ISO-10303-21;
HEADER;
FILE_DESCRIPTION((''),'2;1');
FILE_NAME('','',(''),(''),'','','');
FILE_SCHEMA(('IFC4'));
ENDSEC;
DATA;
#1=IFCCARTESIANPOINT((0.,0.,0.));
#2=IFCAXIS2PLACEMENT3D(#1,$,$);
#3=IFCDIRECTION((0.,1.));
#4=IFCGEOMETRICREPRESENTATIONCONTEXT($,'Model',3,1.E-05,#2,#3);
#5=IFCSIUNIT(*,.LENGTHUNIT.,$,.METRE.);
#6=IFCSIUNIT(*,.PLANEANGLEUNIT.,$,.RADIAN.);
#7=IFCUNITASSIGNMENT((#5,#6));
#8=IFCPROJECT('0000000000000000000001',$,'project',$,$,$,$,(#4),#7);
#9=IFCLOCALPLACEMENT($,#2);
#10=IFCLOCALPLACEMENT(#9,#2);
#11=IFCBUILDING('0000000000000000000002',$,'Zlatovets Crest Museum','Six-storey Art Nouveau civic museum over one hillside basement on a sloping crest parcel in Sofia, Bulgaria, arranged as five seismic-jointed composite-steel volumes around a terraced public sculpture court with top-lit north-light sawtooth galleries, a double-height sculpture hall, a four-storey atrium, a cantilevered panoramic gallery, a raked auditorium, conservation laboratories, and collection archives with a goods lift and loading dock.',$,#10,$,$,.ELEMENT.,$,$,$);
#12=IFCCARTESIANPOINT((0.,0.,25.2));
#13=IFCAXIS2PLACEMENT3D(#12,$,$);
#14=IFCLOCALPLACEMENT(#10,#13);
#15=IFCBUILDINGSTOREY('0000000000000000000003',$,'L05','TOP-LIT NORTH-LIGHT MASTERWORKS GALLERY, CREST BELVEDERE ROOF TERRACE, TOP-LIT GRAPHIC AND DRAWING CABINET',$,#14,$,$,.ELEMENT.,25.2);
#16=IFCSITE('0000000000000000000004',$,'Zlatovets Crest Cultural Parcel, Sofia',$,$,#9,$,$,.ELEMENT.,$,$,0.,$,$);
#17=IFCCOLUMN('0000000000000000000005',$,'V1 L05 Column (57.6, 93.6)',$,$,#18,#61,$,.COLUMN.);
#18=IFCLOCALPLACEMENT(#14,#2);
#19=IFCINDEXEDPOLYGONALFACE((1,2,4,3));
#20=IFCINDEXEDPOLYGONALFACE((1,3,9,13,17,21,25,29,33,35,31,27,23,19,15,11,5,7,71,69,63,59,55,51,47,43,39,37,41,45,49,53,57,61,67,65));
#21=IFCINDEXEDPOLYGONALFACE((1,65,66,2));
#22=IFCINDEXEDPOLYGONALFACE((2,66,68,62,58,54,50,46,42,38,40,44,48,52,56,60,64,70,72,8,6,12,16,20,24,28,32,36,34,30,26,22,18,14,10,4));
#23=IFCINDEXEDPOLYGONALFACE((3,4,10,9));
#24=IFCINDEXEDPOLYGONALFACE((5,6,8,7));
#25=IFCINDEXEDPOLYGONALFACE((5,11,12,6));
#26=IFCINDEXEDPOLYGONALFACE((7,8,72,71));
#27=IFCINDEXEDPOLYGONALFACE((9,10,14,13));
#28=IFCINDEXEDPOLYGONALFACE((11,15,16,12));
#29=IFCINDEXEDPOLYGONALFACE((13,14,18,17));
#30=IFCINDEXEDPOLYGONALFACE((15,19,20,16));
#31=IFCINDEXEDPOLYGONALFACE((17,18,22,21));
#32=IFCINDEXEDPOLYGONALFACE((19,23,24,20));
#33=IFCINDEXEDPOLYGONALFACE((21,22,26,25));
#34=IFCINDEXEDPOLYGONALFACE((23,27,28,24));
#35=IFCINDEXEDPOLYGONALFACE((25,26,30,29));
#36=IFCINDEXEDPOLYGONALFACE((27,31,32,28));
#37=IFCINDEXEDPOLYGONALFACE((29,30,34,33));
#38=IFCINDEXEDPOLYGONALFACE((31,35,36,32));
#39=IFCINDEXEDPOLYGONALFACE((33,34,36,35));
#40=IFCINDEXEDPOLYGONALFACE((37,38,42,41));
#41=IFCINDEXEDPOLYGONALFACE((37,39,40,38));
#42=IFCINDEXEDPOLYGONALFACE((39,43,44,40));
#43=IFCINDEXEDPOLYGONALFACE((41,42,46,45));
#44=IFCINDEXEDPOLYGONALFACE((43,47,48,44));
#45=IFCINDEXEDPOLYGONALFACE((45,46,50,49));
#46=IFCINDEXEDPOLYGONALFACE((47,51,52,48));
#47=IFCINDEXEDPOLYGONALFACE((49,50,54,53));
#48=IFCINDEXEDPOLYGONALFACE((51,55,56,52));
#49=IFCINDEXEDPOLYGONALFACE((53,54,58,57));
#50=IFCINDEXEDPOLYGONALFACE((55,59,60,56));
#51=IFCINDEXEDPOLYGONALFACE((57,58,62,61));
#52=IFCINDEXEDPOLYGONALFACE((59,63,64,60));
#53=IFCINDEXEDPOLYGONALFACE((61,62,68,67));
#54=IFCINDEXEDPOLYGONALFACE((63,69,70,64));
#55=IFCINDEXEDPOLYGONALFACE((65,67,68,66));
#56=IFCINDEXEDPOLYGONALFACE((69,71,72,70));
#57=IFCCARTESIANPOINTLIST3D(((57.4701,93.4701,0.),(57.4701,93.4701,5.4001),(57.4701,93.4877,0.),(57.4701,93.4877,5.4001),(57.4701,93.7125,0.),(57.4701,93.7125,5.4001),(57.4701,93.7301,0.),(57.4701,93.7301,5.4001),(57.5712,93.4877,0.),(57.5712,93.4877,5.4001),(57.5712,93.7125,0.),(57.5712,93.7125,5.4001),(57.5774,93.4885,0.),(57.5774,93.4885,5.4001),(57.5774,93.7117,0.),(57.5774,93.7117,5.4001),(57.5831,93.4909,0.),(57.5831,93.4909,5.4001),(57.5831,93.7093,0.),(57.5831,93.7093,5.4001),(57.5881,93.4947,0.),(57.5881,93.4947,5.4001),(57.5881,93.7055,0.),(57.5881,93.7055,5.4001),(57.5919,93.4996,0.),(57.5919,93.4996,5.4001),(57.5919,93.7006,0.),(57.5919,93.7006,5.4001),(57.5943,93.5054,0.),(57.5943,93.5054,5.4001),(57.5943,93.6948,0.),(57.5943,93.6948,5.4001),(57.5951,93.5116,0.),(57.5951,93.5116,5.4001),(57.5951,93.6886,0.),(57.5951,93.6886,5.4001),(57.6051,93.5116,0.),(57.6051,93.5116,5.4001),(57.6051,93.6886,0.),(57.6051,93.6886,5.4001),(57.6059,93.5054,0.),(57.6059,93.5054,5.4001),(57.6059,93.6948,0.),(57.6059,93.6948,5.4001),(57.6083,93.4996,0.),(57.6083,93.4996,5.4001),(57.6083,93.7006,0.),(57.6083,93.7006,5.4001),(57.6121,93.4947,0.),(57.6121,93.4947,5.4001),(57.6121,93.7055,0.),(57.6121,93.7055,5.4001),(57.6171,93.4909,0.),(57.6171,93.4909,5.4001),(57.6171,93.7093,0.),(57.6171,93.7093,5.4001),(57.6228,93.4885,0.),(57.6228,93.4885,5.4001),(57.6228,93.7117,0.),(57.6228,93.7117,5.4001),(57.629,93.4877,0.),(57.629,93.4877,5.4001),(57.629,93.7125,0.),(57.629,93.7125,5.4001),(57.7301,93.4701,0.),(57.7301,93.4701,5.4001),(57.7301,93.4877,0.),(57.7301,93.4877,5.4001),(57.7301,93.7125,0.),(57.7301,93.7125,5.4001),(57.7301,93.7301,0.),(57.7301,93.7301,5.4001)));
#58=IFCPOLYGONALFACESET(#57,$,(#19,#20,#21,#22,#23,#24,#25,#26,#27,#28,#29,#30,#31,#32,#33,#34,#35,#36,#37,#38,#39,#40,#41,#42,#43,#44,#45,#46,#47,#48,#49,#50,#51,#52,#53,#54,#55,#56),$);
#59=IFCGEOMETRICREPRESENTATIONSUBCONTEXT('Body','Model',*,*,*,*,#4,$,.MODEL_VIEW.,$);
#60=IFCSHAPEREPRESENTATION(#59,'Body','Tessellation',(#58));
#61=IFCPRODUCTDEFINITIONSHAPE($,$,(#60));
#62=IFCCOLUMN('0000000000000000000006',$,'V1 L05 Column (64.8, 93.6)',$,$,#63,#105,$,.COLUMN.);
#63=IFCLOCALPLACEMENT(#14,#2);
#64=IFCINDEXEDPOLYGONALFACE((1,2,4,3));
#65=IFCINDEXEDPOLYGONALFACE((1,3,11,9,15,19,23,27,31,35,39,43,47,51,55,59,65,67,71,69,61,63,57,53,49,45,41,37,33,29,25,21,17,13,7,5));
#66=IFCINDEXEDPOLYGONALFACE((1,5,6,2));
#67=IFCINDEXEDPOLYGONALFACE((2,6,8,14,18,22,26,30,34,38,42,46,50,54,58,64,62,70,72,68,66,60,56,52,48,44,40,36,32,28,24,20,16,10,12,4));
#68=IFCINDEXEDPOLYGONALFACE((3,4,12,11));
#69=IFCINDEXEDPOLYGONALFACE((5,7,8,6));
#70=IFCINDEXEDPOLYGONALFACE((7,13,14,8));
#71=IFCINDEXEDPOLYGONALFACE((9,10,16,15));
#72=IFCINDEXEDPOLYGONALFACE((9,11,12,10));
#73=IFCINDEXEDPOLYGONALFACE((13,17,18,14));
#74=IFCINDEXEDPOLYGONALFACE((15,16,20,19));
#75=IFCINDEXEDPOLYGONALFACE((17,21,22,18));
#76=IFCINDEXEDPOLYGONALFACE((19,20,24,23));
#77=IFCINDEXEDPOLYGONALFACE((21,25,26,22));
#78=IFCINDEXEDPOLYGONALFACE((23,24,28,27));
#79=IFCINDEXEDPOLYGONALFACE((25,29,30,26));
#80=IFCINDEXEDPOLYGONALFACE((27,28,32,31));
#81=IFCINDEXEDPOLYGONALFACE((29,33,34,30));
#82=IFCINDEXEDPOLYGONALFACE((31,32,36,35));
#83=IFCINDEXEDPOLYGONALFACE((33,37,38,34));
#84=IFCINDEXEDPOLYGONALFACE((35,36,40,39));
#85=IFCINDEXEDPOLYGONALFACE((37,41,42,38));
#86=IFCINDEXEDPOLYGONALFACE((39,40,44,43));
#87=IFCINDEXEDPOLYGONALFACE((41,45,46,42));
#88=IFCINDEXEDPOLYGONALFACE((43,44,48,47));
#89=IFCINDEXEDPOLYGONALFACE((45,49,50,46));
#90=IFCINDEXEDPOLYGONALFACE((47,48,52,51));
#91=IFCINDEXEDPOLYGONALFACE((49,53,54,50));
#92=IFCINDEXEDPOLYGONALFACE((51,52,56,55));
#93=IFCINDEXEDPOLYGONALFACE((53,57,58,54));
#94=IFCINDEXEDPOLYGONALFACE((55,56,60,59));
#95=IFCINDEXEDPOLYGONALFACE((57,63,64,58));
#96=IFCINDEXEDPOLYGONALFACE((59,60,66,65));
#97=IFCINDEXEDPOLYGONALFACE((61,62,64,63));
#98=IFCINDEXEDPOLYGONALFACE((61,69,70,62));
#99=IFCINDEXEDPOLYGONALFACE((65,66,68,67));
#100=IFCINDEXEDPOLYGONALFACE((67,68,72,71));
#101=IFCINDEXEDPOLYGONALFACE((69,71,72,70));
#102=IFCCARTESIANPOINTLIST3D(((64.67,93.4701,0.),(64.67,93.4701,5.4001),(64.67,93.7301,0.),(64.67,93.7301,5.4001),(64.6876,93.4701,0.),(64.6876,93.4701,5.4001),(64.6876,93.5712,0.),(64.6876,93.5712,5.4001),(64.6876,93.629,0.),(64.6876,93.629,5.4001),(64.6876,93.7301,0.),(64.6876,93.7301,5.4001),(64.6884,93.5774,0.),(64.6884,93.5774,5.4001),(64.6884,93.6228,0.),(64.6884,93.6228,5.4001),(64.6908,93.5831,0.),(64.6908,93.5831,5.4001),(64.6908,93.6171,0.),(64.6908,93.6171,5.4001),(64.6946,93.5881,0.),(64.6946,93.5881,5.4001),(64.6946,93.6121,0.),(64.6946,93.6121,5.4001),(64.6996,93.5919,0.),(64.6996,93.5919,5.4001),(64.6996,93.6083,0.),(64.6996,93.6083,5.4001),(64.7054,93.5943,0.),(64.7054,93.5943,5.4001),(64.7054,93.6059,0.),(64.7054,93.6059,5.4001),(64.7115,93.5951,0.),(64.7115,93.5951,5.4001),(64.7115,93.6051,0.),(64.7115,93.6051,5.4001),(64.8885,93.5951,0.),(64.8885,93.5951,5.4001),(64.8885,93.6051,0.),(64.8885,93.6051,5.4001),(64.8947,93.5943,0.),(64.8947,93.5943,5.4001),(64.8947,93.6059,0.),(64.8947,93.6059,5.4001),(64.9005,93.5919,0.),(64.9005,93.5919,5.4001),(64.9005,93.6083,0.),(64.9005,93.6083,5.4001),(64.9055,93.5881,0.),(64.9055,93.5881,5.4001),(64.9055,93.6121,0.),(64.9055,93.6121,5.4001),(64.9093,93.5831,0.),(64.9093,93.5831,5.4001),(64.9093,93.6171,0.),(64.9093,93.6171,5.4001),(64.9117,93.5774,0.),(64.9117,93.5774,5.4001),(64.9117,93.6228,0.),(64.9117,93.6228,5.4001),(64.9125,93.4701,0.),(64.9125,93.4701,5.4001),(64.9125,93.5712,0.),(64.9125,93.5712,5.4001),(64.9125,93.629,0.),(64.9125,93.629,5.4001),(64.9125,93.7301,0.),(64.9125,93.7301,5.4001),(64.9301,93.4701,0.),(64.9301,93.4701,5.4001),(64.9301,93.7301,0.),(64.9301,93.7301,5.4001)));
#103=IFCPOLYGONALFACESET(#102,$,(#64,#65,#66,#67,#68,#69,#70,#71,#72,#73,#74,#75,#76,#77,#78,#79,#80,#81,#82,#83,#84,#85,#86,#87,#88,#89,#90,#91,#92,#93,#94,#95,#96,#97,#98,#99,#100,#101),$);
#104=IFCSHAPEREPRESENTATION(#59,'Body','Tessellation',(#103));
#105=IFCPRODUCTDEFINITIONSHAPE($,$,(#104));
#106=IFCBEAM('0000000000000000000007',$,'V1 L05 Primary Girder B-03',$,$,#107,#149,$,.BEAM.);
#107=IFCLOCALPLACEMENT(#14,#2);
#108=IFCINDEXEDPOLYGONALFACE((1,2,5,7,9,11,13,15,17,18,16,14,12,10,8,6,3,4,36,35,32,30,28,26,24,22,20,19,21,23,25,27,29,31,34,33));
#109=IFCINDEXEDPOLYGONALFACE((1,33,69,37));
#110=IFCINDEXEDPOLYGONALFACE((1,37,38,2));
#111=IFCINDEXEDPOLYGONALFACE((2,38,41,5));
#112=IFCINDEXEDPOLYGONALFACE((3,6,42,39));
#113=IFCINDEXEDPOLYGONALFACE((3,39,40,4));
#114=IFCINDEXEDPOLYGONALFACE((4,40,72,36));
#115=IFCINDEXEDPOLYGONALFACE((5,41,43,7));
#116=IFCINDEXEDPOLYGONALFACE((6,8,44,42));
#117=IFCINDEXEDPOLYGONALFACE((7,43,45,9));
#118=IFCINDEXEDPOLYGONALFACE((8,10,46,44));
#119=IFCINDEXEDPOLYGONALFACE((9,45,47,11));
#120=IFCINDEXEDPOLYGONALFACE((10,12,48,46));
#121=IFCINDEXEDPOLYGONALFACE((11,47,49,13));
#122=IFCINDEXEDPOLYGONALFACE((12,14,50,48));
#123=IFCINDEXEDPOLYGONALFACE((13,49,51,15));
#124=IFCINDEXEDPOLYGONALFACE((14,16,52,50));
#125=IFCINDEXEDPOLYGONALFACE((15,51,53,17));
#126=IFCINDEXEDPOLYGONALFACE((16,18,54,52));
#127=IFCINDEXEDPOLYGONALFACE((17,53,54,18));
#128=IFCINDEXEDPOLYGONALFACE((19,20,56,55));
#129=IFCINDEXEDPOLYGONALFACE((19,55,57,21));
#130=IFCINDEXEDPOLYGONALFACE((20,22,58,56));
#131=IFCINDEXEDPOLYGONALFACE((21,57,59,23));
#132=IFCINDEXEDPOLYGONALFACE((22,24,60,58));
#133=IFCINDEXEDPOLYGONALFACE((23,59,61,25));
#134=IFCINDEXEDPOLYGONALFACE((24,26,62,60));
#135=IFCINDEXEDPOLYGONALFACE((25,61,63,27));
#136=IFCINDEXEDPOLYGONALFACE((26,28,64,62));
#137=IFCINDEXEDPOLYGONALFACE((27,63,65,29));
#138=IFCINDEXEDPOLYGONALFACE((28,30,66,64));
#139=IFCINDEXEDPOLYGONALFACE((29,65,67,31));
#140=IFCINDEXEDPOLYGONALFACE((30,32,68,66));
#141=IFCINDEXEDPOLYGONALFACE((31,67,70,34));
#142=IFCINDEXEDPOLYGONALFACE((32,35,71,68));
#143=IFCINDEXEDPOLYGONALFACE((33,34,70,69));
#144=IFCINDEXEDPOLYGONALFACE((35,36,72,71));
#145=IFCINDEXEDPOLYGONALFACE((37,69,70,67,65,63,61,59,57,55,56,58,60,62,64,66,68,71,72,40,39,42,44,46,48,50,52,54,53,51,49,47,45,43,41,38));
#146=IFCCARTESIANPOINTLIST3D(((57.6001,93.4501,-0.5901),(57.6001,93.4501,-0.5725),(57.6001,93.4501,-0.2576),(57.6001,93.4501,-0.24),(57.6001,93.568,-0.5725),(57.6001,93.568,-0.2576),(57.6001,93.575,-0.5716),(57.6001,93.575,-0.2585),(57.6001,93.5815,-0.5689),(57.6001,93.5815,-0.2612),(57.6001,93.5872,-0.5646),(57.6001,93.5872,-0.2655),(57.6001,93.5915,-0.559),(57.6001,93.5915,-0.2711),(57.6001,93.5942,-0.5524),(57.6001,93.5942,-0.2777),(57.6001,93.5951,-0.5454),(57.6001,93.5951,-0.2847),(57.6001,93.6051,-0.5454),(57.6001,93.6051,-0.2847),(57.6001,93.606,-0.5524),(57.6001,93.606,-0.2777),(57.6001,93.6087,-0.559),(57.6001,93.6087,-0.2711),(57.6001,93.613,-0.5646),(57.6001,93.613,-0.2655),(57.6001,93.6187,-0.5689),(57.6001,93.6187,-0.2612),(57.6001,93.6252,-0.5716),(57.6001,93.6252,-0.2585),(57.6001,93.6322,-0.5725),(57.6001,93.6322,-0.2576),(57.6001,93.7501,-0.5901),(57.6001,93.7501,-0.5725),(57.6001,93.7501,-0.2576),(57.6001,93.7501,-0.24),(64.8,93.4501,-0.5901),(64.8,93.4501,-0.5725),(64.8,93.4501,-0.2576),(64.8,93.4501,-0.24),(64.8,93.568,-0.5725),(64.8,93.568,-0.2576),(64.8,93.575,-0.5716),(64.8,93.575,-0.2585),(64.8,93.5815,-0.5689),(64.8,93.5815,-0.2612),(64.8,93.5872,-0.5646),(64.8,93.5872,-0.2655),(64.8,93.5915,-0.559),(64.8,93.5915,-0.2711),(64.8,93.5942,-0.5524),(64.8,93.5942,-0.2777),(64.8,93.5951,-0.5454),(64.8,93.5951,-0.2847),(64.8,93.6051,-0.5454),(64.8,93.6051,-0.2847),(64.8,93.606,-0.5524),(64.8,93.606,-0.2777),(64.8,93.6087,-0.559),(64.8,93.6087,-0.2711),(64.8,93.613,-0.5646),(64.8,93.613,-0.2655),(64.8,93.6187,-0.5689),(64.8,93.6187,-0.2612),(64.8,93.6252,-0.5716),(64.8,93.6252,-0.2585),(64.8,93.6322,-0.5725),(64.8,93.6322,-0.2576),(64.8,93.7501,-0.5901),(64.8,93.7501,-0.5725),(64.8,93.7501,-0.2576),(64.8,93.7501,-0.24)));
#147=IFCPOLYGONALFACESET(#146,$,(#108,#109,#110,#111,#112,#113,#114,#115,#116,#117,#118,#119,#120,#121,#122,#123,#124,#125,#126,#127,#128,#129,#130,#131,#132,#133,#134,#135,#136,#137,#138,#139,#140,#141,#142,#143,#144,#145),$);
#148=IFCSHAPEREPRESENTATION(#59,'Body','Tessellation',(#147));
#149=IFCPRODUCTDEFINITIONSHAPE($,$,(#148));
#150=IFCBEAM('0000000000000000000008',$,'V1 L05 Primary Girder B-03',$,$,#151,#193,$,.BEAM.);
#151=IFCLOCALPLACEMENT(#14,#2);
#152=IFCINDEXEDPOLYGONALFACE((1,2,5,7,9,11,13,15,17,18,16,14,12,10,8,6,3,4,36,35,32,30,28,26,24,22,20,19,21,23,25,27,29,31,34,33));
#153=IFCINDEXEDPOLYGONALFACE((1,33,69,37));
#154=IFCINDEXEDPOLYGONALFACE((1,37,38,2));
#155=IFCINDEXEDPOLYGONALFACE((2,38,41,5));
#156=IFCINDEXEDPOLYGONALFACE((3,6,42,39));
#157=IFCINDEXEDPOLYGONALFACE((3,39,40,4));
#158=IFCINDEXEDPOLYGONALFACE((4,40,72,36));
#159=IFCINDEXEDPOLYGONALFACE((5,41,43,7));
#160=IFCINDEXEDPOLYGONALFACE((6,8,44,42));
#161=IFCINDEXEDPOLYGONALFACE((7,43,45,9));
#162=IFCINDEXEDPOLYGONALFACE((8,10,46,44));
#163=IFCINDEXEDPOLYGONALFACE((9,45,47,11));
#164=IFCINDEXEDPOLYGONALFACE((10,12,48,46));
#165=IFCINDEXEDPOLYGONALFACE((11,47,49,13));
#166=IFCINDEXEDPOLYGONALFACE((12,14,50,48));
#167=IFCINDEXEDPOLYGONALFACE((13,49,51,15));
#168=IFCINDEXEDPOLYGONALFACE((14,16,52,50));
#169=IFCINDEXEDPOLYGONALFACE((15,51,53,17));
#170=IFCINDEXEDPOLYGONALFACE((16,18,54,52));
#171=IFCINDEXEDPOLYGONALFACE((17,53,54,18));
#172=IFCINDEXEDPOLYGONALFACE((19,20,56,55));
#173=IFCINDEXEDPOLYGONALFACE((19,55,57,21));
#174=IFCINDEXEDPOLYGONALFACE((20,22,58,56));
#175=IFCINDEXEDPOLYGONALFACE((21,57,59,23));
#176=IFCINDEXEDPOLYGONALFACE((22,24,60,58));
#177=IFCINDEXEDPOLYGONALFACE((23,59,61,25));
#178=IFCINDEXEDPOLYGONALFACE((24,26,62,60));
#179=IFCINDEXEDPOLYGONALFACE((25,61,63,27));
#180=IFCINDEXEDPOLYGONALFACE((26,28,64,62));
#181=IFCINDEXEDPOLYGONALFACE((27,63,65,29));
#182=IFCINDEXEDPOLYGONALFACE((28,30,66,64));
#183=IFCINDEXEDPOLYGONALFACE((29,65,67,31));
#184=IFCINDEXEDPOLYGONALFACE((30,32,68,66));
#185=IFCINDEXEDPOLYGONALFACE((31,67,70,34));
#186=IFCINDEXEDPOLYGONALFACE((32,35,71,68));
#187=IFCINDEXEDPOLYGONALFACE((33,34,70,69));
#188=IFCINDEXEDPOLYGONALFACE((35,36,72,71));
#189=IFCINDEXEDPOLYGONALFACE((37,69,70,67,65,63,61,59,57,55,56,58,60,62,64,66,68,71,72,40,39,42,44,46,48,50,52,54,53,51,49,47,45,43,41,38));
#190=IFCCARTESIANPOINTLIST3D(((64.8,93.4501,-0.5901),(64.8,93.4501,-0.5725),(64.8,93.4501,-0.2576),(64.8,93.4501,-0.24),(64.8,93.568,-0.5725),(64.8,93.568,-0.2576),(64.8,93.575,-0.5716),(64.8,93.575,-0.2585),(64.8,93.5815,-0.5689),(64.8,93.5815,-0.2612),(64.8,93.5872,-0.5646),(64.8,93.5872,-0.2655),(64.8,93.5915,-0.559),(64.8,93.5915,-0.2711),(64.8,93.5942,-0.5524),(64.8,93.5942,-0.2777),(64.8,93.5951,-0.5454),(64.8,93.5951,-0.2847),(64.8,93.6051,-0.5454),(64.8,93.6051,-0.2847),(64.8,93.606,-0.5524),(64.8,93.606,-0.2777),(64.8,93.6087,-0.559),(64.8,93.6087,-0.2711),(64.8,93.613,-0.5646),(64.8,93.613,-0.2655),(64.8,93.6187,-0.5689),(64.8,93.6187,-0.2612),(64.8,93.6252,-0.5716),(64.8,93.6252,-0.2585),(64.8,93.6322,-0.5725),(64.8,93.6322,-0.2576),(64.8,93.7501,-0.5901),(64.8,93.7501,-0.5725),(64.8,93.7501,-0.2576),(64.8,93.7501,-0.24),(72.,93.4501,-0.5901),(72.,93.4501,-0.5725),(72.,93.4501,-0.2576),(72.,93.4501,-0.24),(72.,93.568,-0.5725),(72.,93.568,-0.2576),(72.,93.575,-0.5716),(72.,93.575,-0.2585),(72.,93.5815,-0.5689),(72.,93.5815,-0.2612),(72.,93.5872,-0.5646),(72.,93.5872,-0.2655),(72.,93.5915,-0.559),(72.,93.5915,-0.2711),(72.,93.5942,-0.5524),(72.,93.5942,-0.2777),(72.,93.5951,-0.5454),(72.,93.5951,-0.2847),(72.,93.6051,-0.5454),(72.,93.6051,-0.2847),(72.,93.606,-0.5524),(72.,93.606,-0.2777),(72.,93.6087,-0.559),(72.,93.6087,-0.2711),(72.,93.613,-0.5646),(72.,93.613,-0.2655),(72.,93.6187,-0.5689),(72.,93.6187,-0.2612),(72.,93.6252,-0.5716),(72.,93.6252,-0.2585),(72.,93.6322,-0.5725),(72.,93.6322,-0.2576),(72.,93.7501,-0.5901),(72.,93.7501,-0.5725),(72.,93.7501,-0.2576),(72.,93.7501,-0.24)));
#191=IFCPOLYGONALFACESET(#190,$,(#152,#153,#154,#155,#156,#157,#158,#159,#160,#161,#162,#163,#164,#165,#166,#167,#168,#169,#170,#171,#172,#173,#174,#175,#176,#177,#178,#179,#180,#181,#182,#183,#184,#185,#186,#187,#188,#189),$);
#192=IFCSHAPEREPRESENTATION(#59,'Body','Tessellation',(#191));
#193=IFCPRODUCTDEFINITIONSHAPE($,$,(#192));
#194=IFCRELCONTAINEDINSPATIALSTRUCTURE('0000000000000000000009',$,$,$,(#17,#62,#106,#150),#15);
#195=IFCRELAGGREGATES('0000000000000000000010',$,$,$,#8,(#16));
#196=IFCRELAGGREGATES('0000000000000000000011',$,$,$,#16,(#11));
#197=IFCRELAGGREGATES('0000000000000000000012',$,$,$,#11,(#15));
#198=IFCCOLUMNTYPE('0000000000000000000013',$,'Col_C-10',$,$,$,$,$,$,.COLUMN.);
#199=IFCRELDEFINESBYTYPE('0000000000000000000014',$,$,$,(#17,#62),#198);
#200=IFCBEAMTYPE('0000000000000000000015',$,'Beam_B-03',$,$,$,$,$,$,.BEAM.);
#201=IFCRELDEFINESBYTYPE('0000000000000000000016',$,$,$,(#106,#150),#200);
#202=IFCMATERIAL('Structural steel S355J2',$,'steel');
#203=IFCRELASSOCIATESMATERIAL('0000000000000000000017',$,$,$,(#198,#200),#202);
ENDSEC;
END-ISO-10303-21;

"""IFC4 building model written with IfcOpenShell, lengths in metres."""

from ifc_helpers import new_model, si_unit, direction, frame, origin, origin_2d, place, context, subcontext, project, spatial, i_section, extrude, material, material_profile, profile_set, type_object, element, save


model = new_model("IFC4")

# Units and contexts
model_context = context("Model", 3, precision=1e-05, world=origin(), true_north=direction((0.0, 1.0)))
body_context = subcontext(model_context, "Body", "Model", "MODEL_VIEW")
ifc_project = project(units=[si_unit("LENGTHUNIT", "METRE"), si_unit("PLANEANGLEUNIT", "RADIAN")], contexts=[model_context])

# Site, building, storey
site_placement = place(None, origin())
site = spatial("IfcSite", under=ifc_project, at=site_placement, Name="Zlatovets Crest Cultural Parcel, Sofia", CompositionType="ELEMENT", RefElevation=0.0)
building_placement = place(site_placement, origin())
building = spatial("IfcBuilding", under=site, at=building_placement, Name="Zlatovets Crest Museum", Description="Six-storey Art Nouveau civic museum over one hillside basement on a sloping crest parcel in Sofia, Bulgaria, arranged as five seismic-jointed composite-steel volumes around a terraced public sculpture court with top-lit north-light sawtooth galleries, a double-height sculpture hall, a four-storey atrium, a cantilevered panoramic gallery, a raked auditorium, conservation laboratories, and collection archives with a goods lift and loading dock.", CompositionType="ELEMENT")
storey_placement = place(building_placement, frame((0.0, 0.0, 25.2)))
storey = spatial("IfcBuildingStorey", under=building, at=storey_placement, Name="L05", Description="TOP-LIT NORTH-LIGHT MASTERWORKS GALLERY, CREST BELVEDERE ROOF TERRACE, TOP-LIT GRAPHIC AND DRAWING CABINET", CompositionType="ELEMENT", Elevation=25.2)

# Columns
ifc_material_1 = material(Name="Structural steel S355J2", Category="steel")
ifc_material_profile_1 = material_profile(ifc_material_1, i_section(OverallWidth=0.26, OverallDepth=0.26, WebThickness=0.01, FlangeThickness=0.0176, FilletRadius=0.0239, at=origin_2d()), Name="HEB 260")
ifc_profile_set_1 = profile_set([ifc_material_profile_1], Name="Structural steel S355J2")
column_type = type_object("IfcColumnType", Name="Col_C-10", PredefinedType="COLUMN", material=ifc_profile_set_1)
for number, where, z_axis, x_axis, name in (
    (1, (57.6001, 93.6001, 0.0), (0.0, 0.0, 1.0), (1.0, 0.0, 0.0), "V1 L05 Column (57.6, 93.6)"),
    (2, (64.8, 93.6001, 0.0), (0.0, 0.0, 1.0), (0.0, 1.0, 0.0), "V1 L05 Column (64.8, 93.6)"),
):
    element("IfcColumn", number, at=place(storey_placement, frame(where, z_axis=z_axis, x_axis=x_axis)), inside=storey, type_object=column_type, Name=name, PredefinedType="COLUMN", context=body_context, shape_type="SweptSolid", body=[
        extrude(i_section(OverallWidth=0.26, OverallDepth=0.26, WebThickness=0.01, FlangeThickness=0.0176, FilletRadius=0.0239, at=origin_2d()), origin(), (0.0, 0.0, 1.0), 5.4001),
    ])

# Beams
ifc_material_profile_2 = material_profile(ifc_material_1, i_section(OverallWidth=0.3, OverallDepth=0.3501, WebThickness=0.01, FlangeThickness=0.0176, FilletRadius=0.0271, at=origin_2d()), Name="HEA 360")
ifc_profile_set_2 = profile_set([ifc_material_profile_2], Name="Structural steel S355J2")
beam_type_1 = type_object("IfcBeamType", Name="Beam_B-03", PredefinedType="BEAM", material=ifc_profile_set_2)
for number, where, z_axis, x_axis, name in (
    (3, (57.6001, 93.6001, -0.415), (1.0, 0.0, 0.0), (0.0, 1.0, 0.0), "V1 L05 Primary Girder B-03"),
    (4, (64.8, 93.6001, -0.415), (1.0, 0.0, 0.0), (0.0, 1.0, 0.0), "V1 L05 Primary Girder B-03"),
):
    element("IfcBeam", number, at=place(storey_placement, frame(where, z_axis=z_axis, x_axis=x_axis)), inside=storey, type_object=beam_type_1, Name=name, PredefinedType="BEAM", context=body_context, shape_type="SweptSolid", body=[
        extrude(i_section(OverallWidth=0.3, OverallDepth=0.3501, WebThickness=0.01, FlangeThickness=0.0176, FilletRadius=0.0271, at=origin_2d()), origin(), (0.0, 0.0, 1.0), 7.2),
    ])

save(model, "model.ifc")
